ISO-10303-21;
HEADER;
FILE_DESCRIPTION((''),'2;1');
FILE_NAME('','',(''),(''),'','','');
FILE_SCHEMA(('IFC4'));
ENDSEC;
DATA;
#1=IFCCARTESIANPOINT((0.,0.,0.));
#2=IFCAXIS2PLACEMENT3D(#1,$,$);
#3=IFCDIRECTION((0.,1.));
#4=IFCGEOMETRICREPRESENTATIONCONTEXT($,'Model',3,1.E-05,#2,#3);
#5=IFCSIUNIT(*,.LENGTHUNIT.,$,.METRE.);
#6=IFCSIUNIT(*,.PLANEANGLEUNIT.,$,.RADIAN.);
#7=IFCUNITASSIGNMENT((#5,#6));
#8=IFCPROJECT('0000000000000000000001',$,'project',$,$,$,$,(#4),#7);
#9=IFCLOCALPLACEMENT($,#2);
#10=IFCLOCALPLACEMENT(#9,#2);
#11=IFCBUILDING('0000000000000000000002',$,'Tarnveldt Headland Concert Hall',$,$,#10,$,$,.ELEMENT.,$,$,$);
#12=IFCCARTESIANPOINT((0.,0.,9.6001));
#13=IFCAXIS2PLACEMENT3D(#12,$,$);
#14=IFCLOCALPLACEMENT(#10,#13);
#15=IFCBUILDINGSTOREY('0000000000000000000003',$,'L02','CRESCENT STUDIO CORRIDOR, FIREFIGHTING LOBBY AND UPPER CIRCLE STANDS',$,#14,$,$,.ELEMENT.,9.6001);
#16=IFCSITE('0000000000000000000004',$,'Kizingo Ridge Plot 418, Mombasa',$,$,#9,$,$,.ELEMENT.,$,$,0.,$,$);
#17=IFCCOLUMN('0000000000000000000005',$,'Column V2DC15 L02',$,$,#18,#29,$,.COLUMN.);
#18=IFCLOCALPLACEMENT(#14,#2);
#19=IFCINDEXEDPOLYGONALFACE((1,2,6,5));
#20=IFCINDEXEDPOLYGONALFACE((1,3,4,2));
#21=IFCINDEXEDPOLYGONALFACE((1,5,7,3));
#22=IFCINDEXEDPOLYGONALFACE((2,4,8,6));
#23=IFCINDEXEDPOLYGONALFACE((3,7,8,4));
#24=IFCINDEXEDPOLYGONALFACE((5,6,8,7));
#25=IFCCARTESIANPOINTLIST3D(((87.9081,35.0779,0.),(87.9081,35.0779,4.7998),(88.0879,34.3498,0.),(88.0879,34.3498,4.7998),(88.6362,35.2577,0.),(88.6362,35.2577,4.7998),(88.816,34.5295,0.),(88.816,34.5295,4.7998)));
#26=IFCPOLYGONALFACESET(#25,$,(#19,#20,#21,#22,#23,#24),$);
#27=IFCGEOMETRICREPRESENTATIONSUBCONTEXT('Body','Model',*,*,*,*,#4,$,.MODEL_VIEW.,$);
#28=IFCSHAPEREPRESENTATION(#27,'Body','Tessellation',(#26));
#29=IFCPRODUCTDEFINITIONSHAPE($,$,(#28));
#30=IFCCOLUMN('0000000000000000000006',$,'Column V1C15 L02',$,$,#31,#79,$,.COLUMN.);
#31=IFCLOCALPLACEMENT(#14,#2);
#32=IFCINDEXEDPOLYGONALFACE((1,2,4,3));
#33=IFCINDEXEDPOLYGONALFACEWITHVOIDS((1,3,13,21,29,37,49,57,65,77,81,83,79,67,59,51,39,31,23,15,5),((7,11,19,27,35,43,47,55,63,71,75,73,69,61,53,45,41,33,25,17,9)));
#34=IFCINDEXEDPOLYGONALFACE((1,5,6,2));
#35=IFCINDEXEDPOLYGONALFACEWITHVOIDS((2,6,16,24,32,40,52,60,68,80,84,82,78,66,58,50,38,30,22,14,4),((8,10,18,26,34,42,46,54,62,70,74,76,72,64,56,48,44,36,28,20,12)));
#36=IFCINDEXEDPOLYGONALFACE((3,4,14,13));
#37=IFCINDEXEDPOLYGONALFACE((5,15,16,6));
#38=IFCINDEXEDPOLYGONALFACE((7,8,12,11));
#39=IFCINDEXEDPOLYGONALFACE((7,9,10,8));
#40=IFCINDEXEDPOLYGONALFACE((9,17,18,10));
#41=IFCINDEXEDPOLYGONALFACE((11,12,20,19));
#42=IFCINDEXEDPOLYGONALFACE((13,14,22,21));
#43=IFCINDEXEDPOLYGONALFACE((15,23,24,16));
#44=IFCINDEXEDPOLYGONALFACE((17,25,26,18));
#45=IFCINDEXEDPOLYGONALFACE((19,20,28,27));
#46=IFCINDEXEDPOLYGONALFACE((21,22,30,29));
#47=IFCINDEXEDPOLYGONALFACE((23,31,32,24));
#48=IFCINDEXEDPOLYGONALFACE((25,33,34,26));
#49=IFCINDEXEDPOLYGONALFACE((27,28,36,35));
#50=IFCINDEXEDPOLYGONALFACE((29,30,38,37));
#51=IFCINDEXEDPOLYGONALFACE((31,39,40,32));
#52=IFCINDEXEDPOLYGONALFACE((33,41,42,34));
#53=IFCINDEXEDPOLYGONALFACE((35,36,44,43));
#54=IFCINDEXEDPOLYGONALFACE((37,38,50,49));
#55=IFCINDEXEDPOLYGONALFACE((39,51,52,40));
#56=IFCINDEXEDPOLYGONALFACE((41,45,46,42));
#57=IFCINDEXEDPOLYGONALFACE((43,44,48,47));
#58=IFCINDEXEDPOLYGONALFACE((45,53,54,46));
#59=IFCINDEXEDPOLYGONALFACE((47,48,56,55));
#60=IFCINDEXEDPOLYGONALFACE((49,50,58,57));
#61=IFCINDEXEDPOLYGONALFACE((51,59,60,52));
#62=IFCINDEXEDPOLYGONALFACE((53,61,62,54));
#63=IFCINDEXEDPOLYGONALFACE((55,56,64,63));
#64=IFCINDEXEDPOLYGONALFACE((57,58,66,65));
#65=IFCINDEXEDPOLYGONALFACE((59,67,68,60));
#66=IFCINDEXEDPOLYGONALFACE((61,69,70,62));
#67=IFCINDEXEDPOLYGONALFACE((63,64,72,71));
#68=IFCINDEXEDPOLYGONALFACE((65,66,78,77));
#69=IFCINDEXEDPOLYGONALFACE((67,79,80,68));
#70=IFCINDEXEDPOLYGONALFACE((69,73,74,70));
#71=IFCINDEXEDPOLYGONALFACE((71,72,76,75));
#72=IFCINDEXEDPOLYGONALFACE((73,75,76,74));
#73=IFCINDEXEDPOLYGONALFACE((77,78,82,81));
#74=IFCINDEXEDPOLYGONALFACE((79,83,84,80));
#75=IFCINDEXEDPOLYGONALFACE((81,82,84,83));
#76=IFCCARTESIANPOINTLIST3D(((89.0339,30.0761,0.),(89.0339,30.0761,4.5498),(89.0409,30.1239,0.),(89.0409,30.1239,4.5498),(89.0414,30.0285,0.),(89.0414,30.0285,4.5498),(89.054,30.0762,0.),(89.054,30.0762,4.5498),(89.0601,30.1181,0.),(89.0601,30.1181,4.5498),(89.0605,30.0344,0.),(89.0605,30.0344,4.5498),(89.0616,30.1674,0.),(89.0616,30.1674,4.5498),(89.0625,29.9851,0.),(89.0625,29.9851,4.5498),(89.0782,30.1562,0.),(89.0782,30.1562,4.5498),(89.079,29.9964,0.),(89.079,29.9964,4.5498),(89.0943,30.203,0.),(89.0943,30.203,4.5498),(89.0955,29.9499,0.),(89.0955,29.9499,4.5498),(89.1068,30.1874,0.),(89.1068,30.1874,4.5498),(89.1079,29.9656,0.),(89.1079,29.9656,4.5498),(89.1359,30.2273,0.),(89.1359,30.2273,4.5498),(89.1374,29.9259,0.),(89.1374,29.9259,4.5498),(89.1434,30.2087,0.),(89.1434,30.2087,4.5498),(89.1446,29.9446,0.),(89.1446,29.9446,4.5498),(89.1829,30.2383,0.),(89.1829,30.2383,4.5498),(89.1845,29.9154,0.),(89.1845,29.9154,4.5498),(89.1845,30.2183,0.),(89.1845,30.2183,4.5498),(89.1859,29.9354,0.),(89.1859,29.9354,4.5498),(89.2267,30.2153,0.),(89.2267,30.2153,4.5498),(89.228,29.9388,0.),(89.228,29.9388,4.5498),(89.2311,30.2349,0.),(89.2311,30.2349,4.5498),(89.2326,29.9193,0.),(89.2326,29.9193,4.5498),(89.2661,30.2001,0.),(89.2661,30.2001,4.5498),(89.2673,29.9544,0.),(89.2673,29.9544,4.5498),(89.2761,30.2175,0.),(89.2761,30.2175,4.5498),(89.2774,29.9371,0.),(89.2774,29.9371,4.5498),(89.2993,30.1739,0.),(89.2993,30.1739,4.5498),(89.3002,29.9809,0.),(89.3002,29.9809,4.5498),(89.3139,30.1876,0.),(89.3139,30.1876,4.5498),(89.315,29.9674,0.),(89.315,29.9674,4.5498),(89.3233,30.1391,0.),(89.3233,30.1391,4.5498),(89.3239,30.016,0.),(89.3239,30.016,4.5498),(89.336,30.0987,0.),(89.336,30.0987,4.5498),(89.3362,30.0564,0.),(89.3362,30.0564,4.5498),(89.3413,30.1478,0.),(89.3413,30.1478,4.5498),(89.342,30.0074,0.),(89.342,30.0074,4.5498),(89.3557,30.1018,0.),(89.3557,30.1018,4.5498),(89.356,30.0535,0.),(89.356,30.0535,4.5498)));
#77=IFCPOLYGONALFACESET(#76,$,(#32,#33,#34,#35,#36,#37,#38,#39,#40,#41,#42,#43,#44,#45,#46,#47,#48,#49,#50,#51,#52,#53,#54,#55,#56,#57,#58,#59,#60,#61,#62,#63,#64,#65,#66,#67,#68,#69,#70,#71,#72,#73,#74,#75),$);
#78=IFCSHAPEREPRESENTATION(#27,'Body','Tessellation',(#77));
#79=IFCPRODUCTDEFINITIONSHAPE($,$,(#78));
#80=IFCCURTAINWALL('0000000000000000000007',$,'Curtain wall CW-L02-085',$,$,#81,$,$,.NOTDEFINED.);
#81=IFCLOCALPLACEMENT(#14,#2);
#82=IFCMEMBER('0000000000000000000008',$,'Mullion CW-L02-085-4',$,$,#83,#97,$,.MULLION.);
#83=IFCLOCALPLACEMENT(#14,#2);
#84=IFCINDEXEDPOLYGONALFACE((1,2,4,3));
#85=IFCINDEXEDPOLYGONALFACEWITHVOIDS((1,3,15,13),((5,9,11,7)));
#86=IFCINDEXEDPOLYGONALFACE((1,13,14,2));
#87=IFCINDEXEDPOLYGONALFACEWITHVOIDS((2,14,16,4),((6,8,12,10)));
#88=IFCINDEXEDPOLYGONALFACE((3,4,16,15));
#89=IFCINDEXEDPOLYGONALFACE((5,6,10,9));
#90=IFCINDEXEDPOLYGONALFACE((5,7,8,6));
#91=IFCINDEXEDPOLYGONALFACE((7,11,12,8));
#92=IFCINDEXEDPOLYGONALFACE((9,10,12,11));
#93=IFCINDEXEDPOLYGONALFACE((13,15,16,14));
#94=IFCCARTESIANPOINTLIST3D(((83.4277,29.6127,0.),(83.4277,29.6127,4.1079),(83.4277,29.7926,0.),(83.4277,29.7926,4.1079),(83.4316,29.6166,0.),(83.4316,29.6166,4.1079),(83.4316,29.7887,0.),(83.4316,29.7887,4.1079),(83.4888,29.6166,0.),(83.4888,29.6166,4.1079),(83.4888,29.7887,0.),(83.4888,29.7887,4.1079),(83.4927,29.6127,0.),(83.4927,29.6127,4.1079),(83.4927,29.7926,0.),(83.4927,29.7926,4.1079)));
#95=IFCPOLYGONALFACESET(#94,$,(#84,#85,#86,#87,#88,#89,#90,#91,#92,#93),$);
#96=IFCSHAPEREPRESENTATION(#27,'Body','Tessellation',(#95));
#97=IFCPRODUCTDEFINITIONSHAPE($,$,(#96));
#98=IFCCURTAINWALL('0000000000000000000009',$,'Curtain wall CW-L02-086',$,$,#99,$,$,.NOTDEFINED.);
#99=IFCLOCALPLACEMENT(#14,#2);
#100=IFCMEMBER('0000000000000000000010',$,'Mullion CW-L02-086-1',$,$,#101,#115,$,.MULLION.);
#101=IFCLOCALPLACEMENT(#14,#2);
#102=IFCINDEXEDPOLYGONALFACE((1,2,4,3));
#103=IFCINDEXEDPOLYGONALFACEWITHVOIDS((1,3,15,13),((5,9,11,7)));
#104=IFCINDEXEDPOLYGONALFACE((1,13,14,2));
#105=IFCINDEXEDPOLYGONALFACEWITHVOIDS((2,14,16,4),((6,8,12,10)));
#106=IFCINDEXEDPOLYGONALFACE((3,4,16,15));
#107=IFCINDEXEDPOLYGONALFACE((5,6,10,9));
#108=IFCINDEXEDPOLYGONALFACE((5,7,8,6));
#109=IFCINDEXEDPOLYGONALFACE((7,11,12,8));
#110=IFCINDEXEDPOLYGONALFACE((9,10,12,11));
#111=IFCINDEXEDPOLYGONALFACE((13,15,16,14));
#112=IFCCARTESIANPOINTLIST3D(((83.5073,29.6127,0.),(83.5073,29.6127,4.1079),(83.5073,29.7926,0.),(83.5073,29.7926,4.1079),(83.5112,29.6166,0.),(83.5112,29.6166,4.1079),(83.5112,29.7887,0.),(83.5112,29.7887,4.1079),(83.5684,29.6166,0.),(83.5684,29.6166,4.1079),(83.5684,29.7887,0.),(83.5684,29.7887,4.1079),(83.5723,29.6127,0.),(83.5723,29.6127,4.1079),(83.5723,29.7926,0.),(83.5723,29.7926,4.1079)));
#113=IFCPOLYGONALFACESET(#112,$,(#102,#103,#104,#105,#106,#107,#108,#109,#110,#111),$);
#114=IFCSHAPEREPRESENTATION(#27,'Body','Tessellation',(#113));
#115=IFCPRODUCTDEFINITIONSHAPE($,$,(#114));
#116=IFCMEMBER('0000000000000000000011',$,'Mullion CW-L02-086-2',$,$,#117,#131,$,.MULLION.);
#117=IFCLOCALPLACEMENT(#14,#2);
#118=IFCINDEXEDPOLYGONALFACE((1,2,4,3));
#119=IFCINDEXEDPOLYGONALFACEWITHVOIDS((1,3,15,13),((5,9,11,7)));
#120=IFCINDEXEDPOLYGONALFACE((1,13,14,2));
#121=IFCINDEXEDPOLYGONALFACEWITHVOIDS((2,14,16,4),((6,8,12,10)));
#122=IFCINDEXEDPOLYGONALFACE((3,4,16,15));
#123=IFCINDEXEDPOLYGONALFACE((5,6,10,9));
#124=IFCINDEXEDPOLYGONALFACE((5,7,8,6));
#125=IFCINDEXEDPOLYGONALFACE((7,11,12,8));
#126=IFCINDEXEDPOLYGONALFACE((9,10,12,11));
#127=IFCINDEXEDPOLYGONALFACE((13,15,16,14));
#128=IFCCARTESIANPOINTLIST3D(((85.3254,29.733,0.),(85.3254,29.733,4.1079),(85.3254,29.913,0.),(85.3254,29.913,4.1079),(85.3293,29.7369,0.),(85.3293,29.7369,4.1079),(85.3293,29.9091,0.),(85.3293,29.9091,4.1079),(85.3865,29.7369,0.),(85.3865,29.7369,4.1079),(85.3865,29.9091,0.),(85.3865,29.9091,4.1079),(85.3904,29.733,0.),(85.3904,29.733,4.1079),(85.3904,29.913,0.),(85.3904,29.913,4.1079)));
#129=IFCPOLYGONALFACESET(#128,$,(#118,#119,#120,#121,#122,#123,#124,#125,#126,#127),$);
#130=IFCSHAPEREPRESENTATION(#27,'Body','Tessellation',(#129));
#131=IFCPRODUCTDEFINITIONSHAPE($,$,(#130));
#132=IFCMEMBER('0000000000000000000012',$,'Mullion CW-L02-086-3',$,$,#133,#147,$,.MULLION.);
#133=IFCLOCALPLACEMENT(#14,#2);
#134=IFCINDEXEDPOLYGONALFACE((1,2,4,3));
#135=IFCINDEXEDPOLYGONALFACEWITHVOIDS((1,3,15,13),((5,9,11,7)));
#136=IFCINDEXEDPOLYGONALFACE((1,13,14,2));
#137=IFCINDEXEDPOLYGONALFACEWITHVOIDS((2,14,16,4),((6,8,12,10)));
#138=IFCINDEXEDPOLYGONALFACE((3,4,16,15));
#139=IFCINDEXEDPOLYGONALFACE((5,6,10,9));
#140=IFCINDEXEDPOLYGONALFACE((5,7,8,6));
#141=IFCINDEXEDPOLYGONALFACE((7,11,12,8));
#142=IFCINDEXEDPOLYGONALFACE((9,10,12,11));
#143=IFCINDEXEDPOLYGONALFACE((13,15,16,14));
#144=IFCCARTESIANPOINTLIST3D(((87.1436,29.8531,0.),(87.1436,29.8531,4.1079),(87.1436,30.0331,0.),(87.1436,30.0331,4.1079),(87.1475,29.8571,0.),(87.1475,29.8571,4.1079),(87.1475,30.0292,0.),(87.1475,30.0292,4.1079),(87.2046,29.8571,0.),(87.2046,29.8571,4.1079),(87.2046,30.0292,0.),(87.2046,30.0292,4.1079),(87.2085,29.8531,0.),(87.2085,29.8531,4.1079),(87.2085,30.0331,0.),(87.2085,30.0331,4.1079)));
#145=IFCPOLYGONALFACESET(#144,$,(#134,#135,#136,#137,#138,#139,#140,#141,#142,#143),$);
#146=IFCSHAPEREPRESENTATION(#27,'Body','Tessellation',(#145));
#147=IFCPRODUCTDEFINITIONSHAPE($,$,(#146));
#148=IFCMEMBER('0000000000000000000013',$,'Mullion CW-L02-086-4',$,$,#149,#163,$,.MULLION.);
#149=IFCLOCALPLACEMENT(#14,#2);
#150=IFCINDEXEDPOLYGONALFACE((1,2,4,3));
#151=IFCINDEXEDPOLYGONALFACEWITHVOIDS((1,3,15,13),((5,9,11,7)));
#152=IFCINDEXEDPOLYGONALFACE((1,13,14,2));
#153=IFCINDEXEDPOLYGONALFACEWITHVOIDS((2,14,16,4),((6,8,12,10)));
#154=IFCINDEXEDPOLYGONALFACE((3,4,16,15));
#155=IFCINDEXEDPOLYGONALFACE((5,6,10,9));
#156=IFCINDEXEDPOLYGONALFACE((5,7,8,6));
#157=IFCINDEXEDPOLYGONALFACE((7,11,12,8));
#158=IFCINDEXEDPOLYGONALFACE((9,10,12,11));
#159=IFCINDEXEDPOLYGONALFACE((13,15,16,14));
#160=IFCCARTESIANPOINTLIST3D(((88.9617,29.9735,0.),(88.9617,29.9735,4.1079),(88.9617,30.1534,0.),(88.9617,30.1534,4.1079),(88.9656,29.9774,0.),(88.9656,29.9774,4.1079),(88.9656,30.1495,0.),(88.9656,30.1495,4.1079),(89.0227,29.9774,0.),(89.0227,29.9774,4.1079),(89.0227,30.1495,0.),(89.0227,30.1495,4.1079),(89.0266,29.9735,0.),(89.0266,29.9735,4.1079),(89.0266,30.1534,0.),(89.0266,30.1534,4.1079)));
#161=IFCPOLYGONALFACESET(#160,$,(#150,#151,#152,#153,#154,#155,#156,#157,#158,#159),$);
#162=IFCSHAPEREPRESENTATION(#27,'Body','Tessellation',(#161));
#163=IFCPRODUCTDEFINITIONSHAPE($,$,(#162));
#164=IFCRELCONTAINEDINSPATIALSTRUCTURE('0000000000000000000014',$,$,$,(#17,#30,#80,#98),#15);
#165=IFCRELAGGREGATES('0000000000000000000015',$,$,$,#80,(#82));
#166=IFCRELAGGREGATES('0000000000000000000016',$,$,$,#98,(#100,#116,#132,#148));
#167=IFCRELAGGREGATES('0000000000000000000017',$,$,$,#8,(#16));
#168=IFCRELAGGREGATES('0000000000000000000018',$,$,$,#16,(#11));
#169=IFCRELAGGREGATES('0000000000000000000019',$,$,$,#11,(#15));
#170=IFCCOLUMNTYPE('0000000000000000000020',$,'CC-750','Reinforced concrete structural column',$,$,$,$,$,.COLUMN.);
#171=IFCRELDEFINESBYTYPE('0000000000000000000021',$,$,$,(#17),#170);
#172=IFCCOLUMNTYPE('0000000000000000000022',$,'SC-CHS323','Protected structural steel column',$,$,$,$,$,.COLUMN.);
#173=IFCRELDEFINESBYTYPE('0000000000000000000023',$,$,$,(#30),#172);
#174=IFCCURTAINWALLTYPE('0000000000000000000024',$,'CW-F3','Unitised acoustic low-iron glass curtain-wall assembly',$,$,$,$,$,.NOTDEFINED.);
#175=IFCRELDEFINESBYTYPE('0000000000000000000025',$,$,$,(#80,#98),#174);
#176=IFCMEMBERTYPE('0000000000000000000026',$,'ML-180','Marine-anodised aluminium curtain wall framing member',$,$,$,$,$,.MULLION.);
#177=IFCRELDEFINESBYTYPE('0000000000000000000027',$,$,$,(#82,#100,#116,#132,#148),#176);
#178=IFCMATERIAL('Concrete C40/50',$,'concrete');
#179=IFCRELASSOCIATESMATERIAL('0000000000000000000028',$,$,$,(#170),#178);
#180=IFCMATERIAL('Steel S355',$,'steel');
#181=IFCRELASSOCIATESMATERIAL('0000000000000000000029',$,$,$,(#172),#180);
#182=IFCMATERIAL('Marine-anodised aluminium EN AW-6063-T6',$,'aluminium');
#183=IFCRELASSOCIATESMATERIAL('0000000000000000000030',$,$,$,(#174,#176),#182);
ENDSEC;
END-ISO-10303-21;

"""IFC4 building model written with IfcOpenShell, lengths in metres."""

from ifc_helpers import new_model, si_unit, direction, frame, origin, origin_2d, place, context, subcontext, project, spatial, rectangle, hollow_rectangle, hollow_circle, extrude, material, material_profile, profile_set, type_object, element, aggregate, save


model = new_model("IFC4")

# Units and contexts
model_context = context("Model", 3, precision=1e-05, world=origin(), true_north=direction((0.0, 1.0)))
body_context = subcontext(model_context, "Body", "Model", "MODEL_VIEW")
ifc_project = project(units=[si_unit("LENGTHUNIT", "METRE"), si_unit("PLANEANGLEUNIT", "RADIAN")], contexts=[model_context])

# Site, building, storey
site_placement = place(None, origin())
site = spatial("IfcSite", under=ifc_project, at=site_placement, Name="Kizingo Ridge Plot 418, Mombasa", CompositionType="ELEMENT", RefElevation=0.0)
building_placement = place(site_placement, origin())
building = spatial("IfcBuilding", under=site, at=building_placement, Name="Tarnveldt Headland Concert Hall", CompositionType="ELEMENT")
storey_placement = place(building_placement, frame((0.0, 0.0, 9.6001)))
storey = spatial("IfcBuildingStorey", under=building, at=storey_placement, Name="L02", Description="CRESCENT STUDIO CORRIDOR, FIREFIGHTING LOBBY AND UPPER CIRCLE STANDS", CompositionType="ELEMENT", Elevation=9.6001)

# Columns
ifc_material_1 = material(Name="Concrete C40/50", Category="concrete")
ifc_material_profile_1 = material_profile(ifc_material_1, rectangle(XDim=0.75, YDim=0.75, at=origin_2d()), Name="RC 750x750", Category="concrete")
ifc_profile_set_1 = profile_set([ifc_material_profile_1], Name="Concrete C40/50")
column_type_1 = type_object("IfcColumnType", Name="CC-750", Description="Reinforced concrete structural column", PredefinedType="COLUMN", material=ifc_profile_set_1)
column_1_placement = place(storey_placement, frame((88.3621, 34.8037, 0.0), z_axis=(0.0, 0.0, 1.0), x_axis=(0.23972, -0.970842, 0.0)))
element("IfcColumn", 1, at=column_1_placement, inside=storey, type_object=column_type_1, Name="Column V2DC15 L02", PredefinedType="COLUMN", context=body_context, shape_type="SweptSolid", body=[
    extrude(rectangle(XDim=0.75, YDim=0.75, at=origin_2d()), origin(), (0.0, 0.0, 1.0), 4.7998),
])
ifc_material_2 = material(Name="Steel S355", Category="steel")
ifc_material_profile_2 = material_profile(ifc_material_2, hollow_circle(Radius=0.1619, WallThickness=0.02, at=origin_2d()), Name="CHS 323.9x20", Category="steel")
ifc_profile_set_2 = profile_set([ifc_material_profile_2], Name="Steel S355")
column_type_2 = type_object("IfcColumnType", Name="SC-CHS323", Description="Protected structural steel column", PredefinedType="COLUMN", material=ifc_profile_set_2)
column_2_placement = place(storey_placement, frame((89.1958, 30.0769, 0.0), z_axis=(0.0, 0.0, 1.0), x_axis=(0.227161, -0.973857, 0.0)))
element("IfcColumn", 2, at=column_2_placement, inside=storey, type_object=column_type_2, Name="Column V1C15 L02", PredefinedType="COLUMN", context=body_context, shape_type="SweptSolid", body=[
    extrude(hollow_circle(Radius=0.1619, WallThickness=0.02, at=origin_2d()), origin(), (0.0, 0.0, 1.0), 4.5498),
])

# Curtain wall, member
ifc_material_3 = material(Name="Marine-anodised aluminium EN AW-6063-T6", Category="aluminium")
curtain_wall_type = type_object("IfcCurtainWallType", Name="CW-F3", Description="Unitised acoustic low-iron glass curtain-wall assembly", PredefinedType="NOTDEFINED", material=ifc_material_3)
curtain_wall_1_placement = place(storey_placement, origin())
curtain_wall_1 = element("IfcCurtainWall", 3, at=curtain_wall_1_placement, inside=storey, type_object=curtain_wall_type, Name="Curtain wall CW-L02-085", PredefinedType="NOTDEFINED")
ifc_material_profile_3 = material_profile(ifc_material_3, hollow_rectangle(XDim=0.0649, YDim=0.1799, WallThickness=0.0039, at=origin_2d()), Name="ALU MULLION 65x180x4", Category="aluminium")
ifc_profile_set_3 = profile_set([ifc_material_profile_3], Name="Marine-anodised aluminium EN AW-6063-T6")
member_type_1 = type_object("IfcMemberType", Name="ML-180", Description="Marine-anodised aluminium curtain wall framing member", PredefinedType="MULLION", material=ifc_profile_set_3)
member_1_placement = place(storey_placement, frame((83.4602, 29.7026, 0.0), z_axis=(0.0, 0.0, 1.0), x_axis=(1.0, 0.0, 0.0)))
member_1 = element("IfcMember", 4, at=member_1_placement, type_object=member_type_1, Name="Mullion CW-L02-085-4", PredefinedType="MULLION", context=body_context, shape_type="SweptSolid", body=[
    extrude(hollow_rectangle(XDim=0.0649, YDim=0.1799, WallThickness=0.0039, at=origin_2d()), origin(), (0.0, 0.0, 1.0), 4.1079),
])
aggregate(curtain_wall_1, [member_1])

# Curtain wall, members
curtain_wall_2_placement = place(storey_placement, origin())
curtain_wall_2 = element("IfcCurtainWall", 5, at=curtain_wall_2_placement, inside=storey, type_object=curtain_wall_type, Name="Curtain wall CW-L02-086", PredefinedType="NOTDEFINED")
member_2_placement = place(storey_placement, frame((83.5398, 29.7026, 0.0), z_axis=(0.0, 0.0, 1.0), x_axis=(1.0, 0.0, 0.0)))
member_2 = element("IfcMember", 6, at=member_2_placement, type_object=member_type_1, Name="Mullion CW-L02-086-1", PredefinedType="MULLION", context=body_context, shape_type="SweptSolid", body=[
    extrude(hollow_rectangle(XDim=0.0649, YDim=0.1799, WallThickness=0.0039, at=origin_2d()), origin(), (0.0, 0.0, 1.0), 4.1079),
])
member_3_placement = place(storey_placement, frame((85.3579, 29.823, 0.0), z_axis=(0.0, 0.0, 1.0), x_axis=(1.0, 0.0, 0.0)))
member_3 = element("IfcMember", 7, at=member_3_placement, type_object=member_type_1, Name="Mullion CW-L02-086-2", PredefinedType="MULLION", context=body_context, shape_type="SweptSolid", body=[
    extrude(hollow_rectangle(XDim=0.0649, YDim=0.1799, WallThickness=0.0039, at=origin_2d()), origin(), (0.0, 0.0, 1.0), 4.1079),
])
member_4_placement = place(storey_placement, frame((87.176, 29.9431, 0.0), z_axis=(0.0, 0.0, 1.0), x_axis=(1.0, 0.0, 0.0)))
member_4 = element("IfcMember", 8, at=member_4_placement, type_object=member_type_1, Name="Mullion CW-L02-086-3", PredefinedType="MULLION", context=body_context, shape_type="SweptSolid", body=[
    extrude(hollow_rectangle(XDim=0.0649, YDim=0.1799, WallThickness=0.0039, at=origin_2d()), origin(), (0.0, 0.0, 1.0), 4.1079),
])
member_5_placement = place(storey_placement, frame((88.9941, 30.0635, 0.0), z_axis=(0.0, 0.0, 1.0), x_axis=(1.0, 0.0, 0.0)))
member_5 = element("IfcMember", 9, at=member_5_placement, type_object=member_type_1, Name="Mullion CW-L02-086-4", PredefinedType="MULLION", context=body_context, shape_type="SweptSolid", body=[
    extrude(hollow_rectangle(XDim=0.0649, YDim=0.1799, WallThickness=0.0039, at=origin_2d()), origin(), (0.0, 0.0, 1.0), 4.1079),
])

aggregate(curtain_wall_2, [member_2, member_3, member_4, member_5])

save(model, "model.ifc")
